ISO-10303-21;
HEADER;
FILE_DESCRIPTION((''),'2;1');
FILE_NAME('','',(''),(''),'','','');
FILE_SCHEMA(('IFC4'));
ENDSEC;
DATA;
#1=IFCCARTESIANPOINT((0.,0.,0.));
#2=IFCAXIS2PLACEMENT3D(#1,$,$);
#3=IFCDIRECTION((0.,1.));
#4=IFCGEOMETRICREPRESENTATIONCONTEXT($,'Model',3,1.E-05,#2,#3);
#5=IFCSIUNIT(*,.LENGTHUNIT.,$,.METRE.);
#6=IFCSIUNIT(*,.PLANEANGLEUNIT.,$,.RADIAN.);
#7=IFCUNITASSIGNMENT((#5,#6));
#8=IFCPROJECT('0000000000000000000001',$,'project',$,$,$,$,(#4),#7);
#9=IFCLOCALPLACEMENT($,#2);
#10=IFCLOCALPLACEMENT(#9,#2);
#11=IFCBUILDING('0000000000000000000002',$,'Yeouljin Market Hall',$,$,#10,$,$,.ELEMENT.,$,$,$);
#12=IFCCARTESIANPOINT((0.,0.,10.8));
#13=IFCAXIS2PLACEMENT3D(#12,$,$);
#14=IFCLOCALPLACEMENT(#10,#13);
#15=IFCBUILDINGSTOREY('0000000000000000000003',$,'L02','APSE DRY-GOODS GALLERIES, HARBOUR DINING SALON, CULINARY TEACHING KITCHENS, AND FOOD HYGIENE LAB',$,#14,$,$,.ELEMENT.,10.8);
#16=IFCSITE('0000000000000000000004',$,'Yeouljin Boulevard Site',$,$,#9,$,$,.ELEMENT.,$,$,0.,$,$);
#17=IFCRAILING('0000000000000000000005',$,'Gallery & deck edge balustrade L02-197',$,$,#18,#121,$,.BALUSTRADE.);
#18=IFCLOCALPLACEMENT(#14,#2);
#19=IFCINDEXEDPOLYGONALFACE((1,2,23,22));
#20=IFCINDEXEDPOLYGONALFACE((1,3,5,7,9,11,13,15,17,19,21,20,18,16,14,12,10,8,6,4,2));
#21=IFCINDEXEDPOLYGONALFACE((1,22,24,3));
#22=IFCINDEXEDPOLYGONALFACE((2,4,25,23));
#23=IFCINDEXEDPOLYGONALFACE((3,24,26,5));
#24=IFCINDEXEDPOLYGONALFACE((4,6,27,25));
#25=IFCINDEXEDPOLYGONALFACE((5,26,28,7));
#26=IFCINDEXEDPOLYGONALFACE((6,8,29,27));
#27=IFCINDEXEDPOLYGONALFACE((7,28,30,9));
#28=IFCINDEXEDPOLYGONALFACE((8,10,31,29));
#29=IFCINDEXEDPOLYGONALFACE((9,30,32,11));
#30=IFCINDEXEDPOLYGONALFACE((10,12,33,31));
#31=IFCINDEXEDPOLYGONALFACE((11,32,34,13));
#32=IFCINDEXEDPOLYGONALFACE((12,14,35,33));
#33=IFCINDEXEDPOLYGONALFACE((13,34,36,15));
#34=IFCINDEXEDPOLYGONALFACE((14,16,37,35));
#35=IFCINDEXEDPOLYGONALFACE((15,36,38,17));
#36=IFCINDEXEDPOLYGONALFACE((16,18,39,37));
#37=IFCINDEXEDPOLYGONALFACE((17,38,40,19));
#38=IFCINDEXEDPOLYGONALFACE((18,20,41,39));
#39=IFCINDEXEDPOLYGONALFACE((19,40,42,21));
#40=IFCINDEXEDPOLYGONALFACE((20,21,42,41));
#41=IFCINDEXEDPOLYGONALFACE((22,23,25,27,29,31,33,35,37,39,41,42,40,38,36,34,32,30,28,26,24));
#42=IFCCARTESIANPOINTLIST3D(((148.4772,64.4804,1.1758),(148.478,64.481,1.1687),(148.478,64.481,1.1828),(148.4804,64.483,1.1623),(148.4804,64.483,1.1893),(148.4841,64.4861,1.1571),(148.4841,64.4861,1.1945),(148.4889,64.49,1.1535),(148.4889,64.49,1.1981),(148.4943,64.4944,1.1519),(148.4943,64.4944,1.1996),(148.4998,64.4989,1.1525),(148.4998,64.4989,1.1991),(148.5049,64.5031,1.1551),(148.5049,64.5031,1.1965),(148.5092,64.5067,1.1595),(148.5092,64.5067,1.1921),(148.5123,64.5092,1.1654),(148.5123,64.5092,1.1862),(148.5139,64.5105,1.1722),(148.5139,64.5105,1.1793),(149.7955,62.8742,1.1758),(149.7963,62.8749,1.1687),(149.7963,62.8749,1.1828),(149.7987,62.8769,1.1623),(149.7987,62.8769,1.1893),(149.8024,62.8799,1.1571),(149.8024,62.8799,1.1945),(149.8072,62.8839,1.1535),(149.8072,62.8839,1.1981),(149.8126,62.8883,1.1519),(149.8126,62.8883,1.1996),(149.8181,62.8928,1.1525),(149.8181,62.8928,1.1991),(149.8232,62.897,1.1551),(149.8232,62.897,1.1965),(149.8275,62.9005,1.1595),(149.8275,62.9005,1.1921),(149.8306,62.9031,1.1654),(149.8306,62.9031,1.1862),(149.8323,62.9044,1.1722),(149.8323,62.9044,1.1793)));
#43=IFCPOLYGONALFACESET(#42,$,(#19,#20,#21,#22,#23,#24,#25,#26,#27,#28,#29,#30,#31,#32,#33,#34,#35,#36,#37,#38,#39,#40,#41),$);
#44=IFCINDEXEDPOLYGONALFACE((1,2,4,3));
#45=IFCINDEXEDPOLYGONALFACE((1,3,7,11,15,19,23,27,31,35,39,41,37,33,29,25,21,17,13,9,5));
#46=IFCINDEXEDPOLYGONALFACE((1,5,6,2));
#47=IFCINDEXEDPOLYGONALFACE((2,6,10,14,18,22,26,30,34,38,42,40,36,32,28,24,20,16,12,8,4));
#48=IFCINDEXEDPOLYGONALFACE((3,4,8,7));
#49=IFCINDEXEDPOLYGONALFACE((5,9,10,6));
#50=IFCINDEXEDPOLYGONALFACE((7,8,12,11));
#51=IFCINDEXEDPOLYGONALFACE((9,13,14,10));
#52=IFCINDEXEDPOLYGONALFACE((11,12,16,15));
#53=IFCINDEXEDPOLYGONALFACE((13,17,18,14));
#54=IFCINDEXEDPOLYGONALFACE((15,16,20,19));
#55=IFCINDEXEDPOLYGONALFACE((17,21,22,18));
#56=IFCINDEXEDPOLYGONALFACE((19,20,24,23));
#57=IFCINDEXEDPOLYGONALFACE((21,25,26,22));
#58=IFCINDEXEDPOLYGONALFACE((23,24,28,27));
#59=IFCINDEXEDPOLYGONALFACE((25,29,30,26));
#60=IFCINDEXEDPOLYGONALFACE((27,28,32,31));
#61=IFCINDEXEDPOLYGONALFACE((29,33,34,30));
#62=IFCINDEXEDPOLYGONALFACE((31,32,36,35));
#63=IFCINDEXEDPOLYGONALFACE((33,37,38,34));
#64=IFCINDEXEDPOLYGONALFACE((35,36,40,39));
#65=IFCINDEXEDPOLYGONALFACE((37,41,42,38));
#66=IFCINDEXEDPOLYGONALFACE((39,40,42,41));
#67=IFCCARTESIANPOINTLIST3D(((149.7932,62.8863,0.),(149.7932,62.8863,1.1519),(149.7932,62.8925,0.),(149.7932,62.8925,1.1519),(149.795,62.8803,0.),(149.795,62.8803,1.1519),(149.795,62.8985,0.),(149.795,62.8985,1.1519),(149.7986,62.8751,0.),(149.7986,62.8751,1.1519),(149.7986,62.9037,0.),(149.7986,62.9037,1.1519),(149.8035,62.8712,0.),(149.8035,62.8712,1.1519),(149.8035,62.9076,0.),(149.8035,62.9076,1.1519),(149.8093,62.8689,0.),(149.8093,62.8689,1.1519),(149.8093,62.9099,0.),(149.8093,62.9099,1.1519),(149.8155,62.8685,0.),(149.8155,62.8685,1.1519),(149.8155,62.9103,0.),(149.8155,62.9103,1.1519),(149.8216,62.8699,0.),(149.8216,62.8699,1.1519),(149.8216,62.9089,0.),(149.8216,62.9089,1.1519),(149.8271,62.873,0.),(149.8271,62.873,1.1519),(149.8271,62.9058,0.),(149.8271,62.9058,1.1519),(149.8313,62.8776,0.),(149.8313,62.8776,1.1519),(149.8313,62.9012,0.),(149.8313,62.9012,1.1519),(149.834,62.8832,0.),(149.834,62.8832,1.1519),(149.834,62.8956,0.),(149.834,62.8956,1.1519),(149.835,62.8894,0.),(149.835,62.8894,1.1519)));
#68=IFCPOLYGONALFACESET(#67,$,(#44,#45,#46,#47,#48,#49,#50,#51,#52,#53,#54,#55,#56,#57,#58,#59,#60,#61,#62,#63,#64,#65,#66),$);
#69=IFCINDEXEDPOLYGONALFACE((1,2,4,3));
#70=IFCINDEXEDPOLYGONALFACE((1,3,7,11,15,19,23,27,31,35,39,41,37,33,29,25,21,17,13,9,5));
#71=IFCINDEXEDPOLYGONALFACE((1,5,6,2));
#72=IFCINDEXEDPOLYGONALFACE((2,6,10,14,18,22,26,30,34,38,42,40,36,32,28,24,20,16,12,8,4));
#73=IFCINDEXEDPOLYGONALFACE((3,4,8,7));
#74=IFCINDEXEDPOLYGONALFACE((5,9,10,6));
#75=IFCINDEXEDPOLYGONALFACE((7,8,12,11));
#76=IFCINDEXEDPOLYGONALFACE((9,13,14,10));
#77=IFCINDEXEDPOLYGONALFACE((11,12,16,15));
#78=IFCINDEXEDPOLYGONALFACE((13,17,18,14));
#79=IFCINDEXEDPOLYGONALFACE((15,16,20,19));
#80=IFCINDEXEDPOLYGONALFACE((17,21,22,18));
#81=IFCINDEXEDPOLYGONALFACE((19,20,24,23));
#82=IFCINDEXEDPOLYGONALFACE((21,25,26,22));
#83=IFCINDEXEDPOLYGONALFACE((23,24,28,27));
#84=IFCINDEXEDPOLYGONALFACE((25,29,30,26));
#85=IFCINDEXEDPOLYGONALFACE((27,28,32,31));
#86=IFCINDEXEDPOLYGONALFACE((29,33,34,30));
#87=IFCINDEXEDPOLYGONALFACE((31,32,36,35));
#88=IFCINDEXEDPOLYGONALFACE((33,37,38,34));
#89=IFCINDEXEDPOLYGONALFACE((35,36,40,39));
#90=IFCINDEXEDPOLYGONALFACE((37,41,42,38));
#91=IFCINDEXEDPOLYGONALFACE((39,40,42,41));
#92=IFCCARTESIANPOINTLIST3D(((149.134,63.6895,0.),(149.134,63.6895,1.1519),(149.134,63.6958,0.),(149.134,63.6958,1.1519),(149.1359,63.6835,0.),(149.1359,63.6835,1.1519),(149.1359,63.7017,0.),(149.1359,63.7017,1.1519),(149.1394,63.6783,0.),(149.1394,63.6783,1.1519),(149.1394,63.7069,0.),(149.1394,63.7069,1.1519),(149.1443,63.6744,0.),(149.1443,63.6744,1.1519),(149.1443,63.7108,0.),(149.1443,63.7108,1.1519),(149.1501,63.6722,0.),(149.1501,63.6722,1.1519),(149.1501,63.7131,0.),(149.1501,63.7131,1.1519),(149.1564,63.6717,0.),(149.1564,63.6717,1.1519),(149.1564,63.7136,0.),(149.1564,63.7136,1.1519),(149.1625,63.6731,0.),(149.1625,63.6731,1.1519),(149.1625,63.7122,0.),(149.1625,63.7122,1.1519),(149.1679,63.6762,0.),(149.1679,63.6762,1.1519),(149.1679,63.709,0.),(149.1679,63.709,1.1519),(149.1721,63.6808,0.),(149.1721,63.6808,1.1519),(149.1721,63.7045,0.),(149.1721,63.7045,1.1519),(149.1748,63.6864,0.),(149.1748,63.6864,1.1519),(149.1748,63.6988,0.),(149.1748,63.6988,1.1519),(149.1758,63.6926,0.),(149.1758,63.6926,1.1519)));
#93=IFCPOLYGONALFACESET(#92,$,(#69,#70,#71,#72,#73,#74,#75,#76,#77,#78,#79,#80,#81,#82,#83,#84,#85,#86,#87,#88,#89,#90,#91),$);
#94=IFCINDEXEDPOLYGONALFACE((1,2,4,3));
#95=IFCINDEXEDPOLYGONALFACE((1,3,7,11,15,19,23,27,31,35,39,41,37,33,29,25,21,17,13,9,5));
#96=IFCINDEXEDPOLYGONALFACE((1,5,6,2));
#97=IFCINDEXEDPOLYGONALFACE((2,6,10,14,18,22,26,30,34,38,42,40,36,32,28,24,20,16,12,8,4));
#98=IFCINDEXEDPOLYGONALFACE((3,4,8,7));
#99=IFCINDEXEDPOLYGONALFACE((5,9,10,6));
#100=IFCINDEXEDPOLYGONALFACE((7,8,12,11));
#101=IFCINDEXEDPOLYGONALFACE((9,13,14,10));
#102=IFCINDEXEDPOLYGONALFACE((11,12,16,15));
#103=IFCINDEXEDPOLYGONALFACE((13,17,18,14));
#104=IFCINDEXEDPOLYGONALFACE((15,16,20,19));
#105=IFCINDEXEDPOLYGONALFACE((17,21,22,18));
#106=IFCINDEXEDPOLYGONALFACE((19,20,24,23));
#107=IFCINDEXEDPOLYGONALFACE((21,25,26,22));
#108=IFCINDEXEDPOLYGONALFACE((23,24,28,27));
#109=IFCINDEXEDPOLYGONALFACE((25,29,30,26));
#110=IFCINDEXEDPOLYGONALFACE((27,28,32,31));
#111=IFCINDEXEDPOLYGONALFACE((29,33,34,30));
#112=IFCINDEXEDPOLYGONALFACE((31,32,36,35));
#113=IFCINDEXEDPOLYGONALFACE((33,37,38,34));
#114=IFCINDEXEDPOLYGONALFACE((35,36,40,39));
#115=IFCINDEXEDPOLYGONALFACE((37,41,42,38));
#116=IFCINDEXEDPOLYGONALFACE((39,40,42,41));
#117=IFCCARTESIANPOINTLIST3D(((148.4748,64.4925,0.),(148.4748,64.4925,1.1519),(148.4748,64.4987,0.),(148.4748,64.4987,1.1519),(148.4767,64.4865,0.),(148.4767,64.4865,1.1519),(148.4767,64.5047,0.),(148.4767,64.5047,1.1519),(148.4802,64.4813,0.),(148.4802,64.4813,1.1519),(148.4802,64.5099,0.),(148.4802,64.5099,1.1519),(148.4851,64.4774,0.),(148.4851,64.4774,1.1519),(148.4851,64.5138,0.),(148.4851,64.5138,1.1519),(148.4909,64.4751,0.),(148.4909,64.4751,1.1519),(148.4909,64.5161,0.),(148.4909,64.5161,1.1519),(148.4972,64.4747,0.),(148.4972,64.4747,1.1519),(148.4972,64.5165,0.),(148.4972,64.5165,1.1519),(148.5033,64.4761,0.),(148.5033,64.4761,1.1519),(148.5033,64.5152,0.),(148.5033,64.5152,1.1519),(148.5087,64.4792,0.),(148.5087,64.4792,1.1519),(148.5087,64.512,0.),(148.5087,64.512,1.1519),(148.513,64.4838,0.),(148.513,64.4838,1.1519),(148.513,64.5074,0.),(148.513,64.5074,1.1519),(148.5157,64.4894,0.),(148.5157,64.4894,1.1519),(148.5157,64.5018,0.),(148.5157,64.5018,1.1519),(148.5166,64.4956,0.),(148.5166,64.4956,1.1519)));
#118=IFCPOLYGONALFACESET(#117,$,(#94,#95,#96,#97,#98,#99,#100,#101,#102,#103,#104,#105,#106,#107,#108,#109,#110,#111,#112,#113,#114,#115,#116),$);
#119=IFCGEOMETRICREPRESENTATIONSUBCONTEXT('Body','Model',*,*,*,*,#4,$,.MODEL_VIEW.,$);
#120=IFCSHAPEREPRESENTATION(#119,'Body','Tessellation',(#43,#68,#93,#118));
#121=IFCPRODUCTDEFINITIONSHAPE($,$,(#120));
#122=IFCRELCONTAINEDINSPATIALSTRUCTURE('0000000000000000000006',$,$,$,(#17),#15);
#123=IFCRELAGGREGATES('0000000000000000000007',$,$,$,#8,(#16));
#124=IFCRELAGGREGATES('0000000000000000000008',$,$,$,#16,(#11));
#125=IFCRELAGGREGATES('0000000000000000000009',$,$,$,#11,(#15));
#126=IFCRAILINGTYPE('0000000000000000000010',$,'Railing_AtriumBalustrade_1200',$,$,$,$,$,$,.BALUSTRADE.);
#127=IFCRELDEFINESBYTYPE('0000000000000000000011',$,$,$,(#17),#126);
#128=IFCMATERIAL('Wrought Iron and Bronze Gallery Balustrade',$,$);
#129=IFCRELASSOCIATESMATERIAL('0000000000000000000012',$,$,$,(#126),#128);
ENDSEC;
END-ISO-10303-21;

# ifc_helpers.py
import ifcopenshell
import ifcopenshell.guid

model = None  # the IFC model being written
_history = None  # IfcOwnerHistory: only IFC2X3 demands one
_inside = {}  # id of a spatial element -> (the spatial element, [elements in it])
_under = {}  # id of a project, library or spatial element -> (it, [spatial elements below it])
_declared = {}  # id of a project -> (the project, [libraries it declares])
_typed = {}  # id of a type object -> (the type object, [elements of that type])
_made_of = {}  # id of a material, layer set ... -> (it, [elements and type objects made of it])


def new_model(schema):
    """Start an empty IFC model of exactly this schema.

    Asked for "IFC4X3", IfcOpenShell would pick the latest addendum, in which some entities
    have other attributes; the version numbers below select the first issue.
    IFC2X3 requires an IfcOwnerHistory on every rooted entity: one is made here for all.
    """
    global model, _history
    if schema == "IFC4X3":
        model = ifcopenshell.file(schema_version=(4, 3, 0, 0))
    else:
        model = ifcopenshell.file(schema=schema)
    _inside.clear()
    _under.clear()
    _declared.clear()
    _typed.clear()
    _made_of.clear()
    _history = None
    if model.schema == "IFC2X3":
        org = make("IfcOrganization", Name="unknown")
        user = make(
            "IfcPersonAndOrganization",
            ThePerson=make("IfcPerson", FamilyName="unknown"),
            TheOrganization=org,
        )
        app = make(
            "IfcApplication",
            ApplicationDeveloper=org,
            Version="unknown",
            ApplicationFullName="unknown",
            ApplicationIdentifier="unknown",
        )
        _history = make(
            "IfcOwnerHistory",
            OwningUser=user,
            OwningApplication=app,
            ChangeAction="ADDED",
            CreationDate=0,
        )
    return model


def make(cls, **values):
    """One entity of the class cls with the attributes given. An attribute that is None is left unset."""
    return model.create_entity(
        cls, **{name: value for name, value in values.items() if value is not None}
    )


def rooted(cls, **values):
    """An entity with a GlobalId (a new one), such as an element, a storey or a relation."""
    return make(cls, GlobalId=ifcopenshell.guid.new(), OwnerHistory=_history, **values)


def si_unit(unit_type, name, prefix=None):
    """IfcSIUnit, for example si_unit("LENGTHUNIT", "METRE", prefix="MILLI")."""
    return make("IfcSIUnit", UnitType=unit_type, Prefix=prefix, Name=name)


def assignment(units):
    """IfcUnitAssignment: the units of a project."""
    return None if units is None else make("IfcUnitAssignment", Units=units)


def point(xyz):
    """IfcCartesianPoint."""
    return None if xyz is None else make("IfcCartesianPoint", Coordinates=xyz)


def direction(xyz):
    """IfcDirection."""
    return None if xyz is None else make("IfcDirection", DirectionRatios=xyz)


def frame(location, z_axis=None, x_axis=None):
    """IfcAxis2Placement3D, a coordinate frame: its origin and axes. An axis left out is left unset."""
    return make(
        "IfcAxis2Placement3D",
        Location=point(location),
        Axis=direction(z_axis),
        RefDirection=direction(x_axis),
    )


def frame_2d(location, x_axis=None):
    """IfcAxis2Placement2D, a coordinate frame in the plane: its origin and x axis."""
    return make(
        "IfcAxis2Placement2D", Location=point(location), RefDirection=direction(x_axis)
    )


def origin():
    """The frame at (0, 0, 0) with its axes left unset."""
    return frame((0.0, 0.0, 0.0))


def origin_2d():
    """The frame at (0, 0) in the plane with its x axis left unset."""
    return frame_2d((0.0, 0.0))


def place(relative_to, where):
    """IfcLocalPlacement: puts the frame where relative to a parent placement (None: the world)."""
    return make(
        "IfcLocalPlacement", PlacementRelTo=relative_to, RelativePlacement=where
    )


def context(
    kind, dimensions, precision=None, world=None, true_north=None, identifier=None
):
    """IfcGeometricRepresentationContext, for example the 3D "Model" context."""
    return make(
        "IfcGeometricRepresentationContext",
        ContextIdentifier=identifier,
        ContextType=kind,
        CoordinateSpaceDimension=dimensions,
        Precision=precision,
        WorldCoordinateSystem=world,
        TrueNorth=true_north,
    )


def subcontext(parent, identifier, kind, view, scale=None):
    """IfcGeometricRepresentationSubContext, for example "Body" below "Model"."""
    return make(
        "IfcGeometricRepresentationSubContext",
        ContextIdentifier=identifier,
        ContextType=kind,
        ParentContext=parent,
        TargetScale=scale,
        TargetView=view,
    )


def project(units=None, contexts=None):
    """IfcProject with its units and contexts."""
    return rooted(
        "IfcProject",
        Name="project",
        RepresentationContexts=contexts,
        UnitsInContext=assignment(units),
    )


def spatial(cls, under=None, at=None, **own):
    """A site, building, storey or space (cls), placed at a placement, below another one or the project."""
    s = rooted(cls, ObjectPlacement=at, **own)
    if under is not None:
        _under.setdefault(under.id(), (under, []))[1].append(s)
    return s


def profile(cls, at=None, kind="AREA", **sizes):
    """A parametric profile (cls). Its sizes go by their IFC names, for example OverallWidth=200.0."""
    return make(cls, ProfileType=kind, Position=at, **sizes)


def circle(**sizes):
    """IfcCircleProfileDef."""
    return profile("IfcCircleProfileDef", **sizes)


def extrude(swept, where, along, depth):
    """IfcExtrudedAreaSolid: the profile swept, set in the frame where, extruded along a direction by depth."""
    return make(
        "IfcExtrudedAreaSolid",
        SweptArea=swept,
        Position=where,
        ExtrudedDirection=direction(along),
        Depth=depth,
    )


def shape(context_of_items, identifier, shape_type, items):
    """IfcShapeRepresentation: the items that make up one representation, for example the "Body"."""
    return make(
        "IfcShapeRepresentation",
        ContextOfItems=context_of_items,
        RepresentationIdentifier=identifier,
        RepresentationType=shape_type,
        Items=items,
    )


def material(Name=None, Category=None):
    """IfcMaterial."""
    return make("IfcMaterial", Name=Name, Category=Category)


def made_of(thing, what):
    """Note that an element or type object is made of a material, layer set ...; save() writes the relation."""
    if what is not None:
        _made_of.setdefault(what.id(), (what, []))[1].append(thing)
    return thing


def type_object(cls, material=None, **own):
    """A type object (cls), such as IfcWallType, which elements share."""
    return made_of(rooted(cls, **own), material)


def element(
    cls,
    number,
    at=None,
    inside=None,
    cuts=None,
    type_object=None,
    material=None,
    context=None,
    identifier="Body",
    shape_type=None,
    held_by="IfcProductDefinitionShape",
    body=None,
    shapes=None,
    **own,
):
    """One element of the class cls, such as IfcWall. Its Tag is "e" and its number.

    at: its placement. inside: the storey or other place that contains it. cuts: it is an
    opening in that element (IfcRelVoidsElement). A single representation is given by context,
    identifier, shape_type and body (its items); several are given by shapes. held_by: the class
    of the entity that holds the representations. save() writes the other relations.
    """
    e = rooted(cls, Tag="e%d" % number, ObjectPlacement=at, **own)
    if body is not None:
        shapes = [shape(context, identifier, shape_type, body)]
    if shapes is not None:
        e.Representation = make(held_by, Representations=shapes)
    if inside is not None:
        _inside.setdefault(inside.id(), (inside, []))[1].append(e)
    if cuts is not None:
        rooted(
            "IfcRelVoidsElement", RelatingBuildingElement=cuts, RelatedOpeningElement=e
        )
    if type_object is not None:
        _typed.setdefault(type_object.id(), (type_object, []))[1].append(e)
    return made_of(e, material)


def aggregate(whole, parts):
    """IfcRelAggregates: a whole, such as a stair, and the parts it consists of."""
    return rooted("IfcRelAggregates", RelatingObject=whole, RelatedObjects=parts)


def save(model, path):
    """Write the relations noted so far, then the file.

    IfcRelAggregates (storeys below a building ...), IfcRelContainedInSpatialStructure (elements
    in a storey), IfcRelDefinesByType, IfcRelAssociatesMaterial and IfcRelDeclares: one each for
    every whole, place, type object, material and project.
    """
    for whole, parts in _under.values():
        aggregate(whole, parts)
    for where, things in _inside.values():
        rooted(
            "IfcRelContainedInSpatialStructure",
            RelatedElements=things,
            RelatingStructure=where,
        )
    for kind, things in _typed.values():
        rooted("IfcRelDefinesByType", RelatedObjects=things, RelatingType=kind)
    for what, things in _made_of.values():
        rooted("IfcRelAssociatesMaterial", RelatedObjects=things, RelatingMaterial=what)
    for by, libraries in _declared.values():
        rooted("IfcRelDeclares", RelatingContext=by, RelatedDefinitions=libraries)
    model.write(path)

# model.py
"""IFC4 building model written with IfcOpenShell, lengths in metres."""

from ifc_helpers import new_model, si_unit, direction, frame, origin, origin_2d, place, context, subcontext, project, spatial, circle, extrude, material, type_object, element, save


model = new_model("IFC4")

# Units and contexts
model_context = context("Model", 3, precision=1e-05, world=origin(), true_north=direction((0.0, 1.0)))
body_context = subcontext(model_context, "Body", "Model", "MODEL_VIEW")
ifc_project = project(units=[si_unit("LENGTHUNIT", "METRE"), si_unit("PLANEANGLEUNIT", "RADIAN")], contexts=[model_context])

# Site, building, storey
site_placement = place(None, origin())
site = spatial("IfcSite", under=ifc_project, at=site_placement, Name="Yeouljin Boulevard Site", CompositionType="ELEMENT", RefElevation=0.0)
building_placement = place(site_placement, origin())
building = spatial("IfcBuilding", under=site, at=building_placement, Name="Yeouljin Market Hall", CompositionType="ELEMENT")
storey_placement = place(building_placement, frame((0.0, 0.0, 10.8)))
storey = spatial("IfcBuildingStorey", under=building, at=storey_placement, Name="L02", Description="APSE DRY-GOODS GALLERIES, HARBOUR DINING SALON, CULINARY TEACHING KITCHENS, AND FOOD HYGIENE LAB", CompositionType="ELEMENT", Elevation=10.8)

# Railing
ifc_material_1 = material(Name="Wrought Iron and Bronze Gallery Balustrade")
railing_type = type_object("IfcRailingType", Name="Railing_AtriumBalustrade_1200", PredefinedType="BALUSTRADE", material=ifc_material_1)
railing_1_placement = place(storey_placement, frame((149.814, 62.8894, 0.0)))
element("IfcRailing", 1, at=railing_1_placement, inside=storey, type_object=railing_type, Name="Gallery & deck edge balustrade L02-197", PredefinedType="BALUSTRADE", context=body_context, shape_type="SweptSolid", body=[
    extrude(circle(Radius=0.0239, at=origin_2d()), frame((0.0, 0.0, 1.1758), z_axis=(-0.634446, 0.772967, 0.0), x_axis=(-0.772967, -0.634446, 0.0)), (0.0, 0.0, 1.0), 2.0779),
    extrude(circle(Radius=0.021, at=origin_2d()), origin(), (0.0, 0.0, 1.0), 1.1519),
    extrude(circle(Radius=0.021, at=origin_2d()), frame((-0.6592, 0.8032, 0.0)), (0.0, 0.0, 1.0), 1.1519),
    extrude(circle(Radius=0.021, at=origin_2d()), frame((-1.3184, 1.6062, 0.0)), (0.0, 0.0, 1.0), 1.1519),
])

save(model, "model.ifc")
